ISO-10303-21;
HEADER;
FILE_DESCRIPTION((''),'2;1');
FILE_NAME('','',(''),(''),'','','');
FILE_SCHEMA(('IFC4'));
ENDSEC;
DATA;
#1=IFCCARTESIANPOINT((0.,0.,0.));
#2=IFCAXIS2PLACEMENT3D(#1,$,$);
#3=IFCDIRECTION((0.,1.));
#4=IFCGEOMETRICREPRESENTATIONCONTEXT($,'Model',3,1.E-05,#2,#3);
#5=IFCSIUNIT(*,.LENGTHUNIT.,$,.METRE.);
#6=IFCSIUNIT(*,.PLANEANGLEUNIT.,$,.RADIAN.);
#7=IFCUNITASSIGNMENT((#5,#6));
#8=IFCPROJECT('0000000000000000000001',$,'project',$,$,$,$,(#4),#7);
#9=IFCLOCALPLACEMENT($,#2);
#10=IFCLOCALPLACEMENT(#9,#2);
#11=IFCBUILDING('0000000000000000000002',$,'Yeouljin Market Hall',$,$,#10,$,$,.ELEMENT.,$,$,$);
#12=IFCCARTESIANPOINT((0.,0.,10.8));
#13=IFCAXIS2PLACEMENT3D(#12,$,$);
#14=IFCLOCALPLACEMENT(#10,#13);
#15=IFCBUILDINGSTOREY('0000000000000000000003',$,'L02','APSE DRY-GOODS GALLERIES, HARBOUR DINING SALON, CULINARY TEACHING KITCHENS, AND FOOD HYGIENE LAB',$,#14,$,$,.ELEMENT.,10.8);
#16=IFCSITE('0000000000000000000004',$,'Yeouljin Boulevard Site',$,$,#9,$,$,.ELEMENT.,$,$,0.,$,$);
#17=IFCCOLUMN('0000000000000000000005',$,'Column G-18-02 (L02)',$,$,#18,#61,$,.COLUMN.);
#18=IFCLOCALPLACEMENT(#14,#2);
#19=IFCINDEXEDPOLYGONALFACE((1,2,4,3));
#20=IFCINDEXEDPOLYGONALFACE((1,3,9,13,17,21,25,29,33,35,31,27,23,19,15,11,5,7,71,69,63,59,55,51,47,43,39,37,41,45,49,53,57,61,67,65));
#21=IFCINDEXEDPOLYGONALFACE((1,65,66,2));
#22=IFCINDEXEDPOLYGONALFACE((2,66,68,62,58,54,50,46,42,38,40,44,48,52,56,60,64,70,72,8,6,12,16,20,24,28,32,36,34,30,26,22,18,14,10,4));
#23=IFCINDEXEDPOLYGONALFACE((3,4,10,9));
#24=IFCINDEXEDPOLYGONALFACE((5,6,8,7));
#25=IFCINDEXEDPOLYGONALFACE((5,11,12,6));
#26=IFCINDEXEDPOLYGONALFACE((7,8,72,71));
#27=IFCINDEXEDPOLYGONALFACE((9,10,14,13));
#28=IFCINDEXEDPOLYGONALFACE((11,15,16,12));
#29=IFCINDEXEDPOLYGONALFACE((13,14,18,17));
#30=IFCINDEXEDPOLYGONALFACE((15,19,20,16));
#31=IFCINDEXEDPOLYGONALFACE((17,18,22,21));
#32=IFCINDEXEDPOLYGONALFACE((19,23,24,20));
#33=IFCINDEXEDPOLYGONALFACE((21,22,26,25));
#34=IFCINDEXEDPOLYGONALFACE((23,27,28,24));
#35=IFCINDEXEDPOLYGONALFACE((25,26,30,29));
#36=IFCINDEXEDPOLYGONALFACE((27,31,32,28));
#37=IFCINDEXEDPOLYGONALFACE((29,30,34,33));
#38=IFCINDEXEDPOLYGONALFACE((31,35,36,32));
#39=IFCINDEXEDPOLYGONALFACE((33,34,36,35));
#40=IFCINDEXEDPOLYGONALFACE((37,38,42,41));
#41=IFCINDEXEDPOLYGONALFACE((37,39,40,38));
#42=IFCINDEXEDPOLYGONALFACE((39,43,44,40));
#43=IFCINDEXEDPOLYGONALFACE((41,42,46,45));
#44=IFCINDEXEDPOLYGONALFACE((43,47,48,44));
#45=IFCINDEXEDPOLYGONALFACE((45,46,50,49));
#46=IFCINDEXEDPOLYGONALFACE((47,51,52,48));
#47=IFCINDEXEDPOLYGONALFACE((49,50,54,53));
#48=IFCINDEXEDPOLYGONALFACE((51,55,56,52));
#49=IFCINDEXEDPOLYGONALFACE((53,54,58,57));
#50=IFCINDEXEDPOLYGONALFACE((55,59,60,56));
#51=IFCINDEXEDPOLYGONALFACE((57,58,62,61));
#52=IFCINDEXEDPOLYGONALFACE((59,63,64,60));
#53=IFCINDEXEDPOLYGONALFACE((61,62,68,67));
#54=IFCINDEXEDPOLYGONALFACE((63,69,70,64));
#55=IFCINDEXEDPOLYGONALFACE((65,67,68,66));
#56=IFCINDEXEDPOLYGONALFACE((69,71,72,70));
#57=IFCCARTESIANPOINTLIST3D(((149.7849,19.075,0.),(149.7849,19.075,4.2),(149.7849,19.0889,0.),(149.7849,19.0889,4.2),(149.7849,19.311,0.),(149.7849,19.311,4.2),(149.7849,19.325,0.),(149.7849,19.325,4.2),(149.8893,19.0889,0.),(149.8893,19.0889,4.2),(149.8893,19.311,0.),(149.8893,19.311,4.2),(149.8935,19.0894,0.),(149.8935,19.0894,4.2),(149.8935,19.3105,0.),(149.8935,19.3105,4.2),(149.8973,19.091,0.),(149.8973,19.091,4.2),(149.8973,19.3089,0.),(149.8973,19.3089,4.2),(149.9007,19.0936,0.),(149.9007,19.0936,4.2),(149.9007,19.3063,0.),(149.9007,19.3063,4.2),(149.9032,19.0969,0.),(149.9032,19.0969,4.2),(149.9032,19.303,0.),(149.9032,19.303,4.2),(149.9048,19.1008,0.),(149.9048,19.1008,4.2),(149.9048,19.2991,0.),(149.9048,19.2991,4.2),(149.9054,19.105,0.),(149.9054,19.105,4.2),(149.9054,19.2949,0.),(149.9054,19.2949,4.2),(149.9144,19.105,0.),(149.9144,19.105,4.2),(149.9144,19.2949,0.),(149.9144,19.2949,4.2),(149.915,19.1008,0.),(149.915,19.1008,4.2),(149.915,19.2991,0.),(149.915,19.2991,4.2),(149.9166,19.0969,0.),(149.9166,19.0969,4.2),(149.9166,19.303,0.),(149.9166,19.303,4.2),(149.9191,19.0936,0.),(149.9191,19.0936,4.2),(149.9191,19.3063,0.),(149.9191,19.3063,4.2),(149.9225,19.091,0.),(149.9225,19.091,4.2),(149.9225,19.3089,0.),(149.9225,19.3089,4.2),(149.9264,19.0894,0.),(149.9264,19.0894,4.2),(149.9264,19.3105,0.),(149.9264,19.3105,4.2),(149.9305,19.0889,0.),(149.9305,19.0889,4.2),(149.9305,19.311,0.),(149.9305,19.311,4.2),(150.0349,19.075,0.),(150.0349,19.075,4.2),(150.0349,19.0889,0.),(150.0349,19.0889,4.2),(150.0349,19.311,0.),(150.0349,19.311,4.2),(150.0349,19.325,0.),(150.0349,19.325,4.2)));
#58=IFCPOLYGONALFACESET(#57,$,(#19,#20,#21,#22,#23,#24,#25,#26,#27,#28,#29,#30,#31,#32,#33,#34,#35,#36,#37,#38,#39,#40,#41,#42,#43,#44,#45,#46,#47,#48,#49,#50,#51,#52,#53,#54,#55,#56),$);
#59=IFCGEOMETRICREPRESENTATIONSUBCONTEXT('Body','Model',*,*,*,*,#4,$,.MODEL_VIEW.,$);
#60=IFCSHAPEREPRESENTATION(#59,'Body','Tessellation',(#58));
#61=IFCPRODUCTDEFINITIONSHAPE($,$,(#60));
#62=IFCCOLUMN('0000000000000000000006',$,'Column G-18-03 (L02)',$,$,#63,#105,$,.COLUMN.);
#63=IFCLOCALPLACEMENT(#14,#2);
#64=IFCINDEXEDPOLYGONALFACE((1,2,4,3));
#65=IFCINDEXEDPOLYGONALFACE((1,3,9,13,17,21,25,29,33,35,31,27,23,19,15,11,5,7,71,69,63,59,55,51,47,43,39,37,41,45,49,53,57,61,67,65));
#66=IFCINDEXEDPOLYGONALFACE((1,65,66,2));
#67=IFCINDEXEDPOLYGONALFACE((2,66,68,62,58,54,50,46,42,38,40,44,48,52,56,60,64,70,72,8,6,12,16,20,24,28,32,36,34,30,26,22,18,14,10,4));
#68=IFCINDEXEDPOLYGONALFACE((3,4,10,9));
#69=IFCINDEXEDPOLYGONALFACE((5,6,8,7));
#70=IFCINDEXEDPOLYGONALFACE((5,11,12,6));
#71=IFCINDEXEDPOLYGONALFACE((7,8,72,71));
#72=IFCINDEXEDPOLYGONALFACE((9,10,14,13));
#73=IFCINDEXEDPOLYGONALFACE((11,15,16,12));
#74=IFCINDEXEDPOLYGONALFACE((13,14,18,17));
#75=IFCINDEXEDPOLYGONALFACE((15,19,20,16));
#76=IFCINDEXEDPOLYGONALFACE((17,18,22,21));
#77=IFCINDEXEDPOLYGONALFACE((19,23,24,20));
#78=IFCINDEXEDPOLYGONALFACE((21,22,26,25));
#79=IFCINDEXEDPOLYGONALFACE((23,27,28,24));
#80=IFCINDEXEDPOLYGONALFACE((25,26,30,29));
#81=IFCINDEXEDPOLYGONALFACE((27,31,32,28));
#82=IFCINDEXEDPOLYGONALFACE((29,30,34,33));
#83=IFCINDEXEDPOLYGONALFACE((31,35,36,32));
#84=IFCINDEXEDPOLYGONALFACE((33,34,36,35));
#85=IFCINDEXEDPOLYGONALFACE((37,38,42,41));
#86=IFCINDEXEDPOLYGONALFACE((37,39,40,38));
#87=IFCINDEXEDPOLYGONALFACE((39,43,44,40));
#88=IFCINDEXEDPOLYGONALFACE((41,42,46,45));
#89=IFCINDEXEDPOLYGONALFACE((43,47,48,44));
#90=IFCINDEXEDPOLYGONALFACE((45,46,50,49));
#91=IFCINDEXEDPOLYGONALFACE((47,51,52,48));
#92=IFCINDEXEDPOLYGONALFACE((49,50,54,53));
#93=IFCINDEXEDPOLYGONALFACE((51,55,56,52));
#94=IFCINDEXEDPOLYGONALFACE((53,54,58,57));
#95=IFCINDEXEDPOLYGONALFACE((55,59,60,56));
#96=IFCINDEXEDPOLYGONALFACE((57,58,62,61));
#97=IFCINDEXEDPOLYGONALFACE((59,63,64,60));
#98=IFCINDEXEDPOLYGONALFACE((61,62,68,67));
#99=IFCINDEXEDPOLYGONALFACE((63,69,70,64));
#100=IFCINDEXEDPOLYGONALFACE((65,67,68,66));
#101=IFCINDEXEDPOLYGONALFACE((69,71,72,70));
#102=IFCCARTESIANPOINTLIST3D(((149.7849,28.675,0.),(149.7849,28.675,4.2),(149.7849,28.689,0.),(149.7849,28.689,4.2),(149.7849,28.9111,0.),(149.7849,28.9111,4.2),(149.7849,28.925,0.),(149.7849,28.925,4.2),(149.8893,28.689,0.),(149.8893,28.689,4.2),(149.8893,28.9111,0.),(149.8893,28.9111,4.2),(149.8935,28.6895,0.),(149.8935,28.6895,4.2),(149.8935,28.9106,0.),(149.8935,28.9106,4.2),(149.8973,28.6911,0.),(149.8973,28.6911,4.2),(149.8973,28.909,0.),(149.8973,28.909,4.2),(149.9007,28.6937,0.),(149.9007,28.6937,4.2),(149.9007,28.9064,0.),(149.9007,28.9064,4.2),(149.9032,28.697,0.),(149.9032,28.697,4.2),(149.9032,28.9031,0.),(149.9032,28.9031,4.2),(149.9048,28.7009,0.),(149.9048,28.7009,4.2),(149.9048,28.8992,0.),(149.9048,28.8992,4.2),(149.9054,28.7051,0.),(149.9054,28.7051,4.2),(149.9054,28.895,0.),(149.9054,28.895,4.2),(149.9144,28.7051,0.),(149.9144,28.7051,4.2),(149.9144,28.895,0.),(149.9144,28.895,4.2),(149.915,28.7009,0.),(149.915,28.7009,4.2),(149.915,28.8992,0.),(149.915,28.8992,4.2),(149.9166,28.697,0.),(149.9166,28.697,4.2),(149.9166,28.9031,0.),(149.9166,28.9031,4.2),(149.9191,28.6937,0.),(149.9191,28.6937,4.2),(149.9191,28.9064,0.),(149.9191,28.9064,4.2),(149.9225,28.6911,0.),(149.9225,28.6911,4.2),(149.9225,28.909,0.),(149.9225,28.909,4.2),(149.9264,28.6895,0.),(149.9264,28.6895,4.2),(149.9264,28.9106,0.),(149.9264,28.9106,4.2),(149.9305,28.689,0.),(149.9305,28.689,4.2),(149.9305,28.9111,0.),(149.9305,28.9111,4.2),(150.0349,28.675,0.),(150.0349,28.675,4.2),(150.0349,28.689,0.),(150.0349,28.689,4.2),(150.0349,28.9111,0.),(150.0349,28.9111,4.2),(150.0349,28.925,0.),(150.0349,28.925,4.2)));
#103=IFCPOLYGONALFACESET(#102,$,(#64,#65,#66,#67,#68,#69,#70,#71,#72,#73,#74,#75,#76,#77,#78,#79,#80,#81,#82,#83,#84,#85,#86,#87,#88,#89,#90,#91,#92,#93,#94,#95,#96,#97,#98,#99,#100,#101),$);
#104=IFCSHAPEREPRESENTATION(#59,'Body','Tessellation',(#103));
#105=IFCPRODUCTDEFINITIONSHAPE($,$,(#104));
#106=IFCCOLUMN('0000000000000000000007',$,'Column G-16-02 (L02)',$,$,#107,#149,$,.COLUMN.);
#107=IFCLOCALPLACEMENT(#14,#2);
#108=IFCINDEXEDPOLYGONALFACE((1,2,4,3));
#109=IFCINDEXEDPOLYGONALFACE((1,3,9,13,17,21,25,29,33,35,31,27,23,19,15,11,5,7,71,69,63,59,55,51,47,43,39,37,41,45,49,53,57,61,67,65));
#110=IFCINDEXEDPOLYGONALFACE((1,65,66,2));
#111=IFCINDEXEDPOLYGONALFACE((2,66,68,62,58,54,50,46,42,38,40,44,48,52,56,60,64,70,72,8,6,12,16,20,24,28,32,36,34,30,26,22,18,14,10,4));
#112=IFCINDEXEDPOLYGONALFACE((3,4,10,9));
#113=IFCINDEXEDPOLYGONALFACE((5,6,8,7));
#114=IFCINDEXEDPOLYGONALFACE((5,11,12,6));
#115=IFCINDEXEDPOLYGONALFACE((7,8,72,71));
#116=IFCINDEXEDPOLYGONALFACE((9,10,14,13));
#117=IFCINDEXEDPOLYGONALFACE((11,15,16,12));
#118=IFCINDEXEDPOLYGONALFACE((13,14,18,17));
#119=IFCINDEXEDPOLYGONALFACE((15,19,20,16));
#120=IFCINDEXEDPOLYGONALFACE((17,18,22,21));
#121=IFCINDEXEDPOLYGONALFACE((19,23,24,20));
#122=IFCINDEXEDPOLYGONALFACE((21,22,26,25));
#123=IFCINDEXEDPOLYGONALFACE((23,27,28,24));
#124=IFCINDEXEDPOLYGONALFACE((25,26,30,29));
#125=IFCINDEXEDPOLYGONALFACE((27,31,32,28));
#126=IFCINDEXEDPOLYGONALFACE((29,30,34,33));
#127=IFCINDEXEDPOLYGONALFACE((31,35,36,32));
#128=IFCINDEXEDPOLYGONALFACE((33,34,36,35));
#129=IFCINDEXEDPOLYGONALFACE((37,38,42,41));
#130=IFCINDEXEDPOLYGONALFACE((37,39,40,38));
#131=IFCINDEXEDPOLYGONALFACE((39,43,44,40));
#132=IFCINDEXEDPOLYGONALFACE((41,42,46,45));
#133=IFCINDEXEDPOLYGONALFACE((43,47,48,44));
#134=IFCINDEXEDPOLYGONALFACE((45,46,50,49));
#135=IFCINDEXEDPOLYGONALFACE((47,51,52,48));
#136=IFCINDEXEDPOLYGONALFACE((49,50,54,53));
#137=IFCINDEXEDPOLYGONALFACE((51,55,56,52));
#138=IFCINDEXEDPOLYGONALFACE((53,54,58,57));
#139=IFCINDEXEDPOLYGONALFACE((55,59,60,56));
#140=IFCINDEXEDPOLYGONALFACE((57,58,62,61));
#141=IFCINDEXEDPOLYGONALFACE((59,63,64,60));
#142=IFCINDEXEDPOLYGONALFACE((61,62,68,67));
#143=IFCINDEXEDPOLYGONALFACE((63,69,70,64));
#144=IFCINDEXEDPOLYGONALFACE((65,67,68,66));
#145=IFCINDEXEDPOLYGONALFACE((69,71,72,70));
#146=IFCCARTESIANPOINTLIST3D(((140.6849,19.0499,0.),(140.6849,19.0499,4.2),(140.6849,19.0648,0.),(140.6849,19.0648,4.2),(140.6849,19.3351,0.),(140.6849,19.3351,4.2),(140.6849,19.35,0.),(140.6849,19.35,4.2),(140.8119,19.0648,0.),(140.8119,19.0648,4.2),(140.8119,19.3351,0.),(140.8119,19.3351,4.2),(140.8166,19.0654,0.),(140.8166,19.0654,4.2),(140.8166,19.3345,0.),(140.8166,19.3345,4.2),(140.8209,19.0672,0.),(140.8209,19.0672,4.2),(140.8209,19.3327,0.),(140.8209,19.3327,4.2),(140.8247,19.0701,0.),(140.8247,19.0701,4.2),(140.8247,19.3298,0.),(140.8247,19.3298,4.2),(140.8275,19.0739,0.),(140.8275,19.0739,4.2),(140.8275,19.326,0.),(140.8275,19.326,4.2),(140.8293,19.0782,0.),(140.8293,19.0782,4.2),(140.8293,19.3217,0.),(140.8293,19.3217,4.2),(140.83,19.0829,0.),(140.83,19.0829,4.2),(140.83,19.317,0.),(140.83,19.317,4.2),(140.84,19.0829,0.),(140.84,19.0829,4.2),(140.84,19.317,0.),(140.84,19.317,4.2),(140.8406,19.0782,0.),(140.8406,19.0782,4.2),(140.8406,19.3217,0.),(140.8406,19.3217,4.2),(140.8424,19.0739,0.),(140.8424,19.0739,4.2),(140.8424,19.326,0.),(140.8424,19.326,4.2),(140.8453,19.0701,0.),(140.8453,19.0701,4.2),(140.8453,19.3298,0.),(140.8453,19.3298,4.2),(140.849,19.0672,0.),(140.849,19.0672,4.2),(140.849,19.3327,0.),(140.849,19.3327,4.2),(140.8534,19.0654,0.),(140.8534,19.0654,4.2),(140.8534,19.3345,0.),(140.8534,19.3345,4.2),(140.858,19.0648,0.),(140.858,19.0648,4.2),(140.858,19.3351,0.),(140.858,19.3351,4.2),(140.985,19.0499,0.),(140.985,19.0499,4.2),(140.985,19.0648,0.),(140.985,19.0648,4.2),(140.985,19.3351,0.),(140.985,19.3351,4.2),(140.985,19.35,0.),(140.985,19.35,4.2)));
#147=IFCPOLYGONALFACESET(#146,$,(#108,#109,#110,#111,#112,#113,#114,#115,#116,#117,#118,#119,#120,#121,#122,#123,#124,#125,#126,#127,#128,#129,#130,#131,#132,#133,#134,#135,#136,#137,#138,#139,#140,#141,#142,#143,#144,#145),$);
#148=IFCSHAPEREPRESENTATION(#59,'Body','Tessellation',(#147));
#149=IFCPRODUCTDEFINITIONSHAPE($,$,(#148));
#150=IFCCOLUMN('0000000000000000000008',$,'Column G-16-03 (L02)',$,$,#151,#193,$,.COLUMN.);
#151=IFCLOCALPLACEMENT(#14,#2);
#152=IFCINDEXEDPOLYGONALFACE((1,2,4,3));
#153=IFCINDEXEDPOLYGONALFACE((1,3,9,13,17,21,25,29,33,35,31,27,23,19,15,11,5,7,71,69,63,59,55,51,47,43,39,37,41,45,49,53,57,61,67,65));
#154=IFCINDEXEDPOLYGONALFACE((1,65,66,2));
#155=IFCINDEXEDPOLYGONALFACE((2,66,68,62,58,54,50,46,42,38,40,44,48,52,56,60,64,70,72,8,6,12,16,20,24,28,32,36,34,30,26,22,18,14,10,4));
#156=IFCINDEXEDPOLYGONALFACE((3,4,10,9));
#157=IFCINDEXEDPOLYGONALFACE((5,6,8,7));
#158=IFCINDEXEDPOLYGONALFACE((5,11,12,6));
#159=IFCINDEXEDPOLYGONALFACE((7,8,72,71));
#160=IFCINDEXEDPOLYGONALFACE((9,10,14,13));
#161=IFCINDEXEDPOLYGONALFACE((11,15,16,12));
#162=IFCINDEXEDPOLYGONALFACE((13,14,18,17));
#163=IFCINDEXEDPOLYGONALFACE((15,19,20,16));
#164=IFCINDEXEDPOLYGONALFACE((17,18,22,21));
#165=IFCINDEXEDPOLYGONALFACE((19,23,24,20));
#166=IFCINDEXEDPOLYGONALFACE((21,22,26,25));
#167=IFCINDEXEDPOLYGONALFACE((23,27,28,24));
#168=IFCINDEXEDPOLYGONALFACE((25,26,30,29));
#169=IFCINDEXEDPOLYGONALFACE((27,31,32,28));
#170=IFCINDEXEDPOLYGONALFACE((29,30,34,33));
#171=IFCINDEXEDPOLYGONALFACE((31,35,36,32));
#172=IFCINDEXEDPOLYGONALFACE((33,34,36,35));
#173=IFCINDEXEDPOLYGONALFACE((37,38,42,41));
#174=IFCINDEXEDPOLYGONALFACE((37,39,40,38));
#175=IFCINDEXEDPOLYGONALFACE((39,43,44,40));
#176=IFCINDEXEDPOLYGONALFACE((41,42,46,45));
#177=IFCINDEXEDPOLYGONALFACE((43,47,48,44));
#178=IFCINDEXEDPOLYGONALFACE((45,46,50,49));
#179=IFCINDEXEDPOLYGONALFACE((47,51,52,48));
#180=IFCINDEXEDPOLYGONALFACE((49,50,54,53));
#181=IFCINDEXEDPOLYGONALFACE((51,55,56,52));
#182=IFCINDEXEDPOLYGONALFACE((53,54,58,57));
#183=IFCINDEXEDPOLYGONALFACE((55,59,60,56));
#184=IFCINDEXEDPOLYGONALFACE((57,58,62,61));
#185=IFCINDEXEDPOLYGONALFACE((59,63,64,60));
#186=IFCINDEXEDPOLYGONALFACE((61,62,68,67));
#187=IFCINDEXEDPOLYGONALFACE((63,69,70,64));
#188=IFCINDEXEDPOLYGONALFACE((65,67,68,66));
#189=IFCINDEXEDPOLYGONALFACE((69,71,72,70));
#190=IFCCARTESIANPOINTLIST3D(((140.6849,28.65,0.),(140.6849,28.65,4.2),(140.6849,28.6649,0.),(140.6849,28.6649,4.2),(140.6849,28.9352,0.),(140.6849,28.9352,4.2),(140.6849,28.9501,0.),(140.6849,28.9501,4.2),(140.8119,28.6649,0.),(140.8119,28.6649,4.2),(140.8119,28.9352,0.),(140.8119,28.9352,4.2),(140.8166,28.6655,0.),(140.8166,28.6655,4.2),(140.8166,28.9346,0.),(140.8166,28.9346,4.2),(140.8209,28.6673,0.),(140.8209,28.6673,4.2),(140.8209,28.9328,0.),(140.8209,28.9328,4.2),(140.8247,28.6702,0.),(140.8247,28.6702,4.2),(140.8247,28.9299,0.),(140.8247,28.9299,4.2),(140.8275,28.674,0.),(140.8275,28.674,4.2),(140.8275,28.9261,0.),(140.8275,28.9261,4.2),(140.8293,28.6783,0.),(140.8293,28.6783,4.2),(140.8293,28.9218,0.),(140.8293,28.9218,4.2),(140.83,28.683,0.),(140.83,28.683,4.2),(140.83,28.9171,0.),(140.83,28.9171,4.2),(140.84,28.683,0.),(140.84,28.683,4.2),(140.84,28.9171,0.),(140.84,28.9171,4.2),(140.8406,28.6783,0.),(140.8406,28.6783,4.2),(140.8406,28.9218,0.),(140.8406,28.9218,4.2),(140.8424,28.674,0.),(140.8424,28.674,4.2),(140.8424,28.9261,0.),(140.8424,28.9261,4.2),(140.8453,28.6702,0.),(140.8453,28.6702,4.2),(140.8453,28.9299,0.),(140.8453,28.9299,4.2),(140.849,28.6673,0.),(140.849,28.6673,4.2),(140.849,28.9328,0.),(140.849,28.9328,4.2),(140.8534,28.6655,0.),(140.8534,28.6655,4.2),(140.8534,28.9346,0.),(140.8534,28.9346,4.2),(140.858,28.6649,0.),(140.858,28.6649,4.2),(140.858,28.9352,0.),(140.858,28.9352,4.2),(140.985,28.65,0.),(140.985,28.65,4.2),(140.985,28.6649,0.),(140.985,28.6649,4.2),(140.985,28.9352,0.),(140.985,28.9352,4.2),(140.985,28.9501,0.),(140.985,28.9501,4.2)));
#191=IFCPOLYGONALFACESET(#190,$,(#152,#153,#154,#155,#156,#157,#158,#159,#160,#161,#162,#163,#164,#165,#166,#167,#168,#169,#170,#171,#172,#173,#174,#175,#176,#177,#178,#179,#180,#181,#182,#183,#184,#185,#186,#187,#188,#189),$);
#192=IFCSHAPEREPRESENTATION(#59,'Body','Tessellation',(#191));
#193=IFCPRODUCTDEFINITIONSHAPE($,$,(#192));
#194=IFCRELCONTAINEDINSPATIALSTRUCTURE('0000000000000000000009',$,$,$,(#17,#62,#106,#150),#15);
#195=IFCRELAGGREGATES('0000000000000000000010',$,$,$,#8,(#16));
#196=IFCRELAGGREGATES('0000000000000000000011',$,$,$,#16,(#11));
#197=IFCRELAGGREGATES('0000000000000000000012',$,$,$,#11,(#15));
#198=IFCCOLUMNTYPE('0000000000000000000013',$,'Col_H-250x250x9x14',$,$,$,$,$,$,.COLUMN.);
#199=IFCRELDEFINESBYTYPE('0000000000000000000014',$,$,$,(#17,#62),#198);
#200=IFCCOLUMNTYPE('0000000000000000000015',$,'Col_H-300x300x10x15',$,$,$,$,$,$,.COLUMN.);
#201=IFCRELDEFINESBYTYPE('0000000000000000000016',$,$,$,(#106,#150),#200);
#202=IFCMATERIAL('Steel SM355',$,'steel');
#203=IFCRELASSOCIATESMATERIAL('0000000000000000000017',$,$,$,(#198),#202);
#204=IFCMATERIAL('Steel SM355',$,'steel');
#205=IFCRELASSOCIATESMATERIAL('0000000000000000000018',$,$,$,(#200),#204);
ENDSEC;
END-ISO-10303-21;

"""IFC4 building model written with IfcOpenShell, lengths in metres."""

from ifc_helpers import new_model, si_unit, direction, frame, origin, origin_2d, place, context, subcontext, project, spatial, i_section, extrude, material, material_profile, profile_set, type_object, element, save


model = new_model("IFC4")

# Units and contexts
model_context = context("Model", 3, precision=1e-05, world=origin(), true_north=direction((0.0, 1.0)))
body_context = subcontext(model_context, "Body", "Model", "MODEL_VIEW")
ifc_project = project(units=[si_unit("LENGTHUNIT", "METRE"), si_unit("PLANEANGLEUNIT", "RADIAN")], contexts=[model_context])

# Site, building, storey
site_placement = place(None, origin())
site = spatial("IfcSite", under=ifc_project, at=site_placement, Name="Yeouljin Boulevard Site", CompositionType="ELEMENT", RefElevation=0.0)
building_placement = place(site_placement, origin())
building = spatial("IfcBuilding", under=site, at=building_placement, Name="Yeouljin Market Hall", CompositionType="ELEMENT")
storey_placement = place(building_placement, frame((0.0, 0.0, 10.8)))
storey = spatial("IfcBuildingStorey", under=building, at=storey_placement, Name="L02", Description="APSE DRY-GOODS GALLERIES, HARBOUR DINING SALON, CULINARY TEACHING KITCHENS, AND FOOD HYGIENE LAB", CompositionType="ELEMENT", Elevation=10.8)

# Columns
ifc_material_1 = material(Name="Steel SM355", Category="steel")
ifc_material_profile_1 = material_profile(ifc_material_1, i_section(OverallWidth=0.25, OverallDepth=0.25, WebThickness=0.009, FlangeThickness=0.0139, FilletRadius=0.0161, at=origin_2d()), Name="H-250x250x9x14")
ifc_profile_set_1 = profile_set([ifc_material_profile_1], Name="Steel SM355")
column_type_1 = type_object("IfcColumnType", Name="Col_H-250x250x9x14", PredefinedType="COLUMN", material=ifc_profile_set_1)
for number, where, z_axis, x_axis, name in (
    (1, (149.9099, 19.2, 0.0), (0.0, 0.0, 1.0), (1.0, 0.0, 0.0), "Column G-18-02 (L02)"),
    (2, (149.9099, 28.8, 0.0), (0.0, 0.0, 1.0), (1.0, 0.0, 0.0), "Column G-18-03 (L02)"),
):
    element("IfcColumn", number, at=place(storey_placement, frame(where, z_axis=z_axis, x_axis=x_axis)), inside=storey, type_object=column_type_1, Name=name, PredefinedType="COLUMN", context=body_context, shape_type="SweptSolid", body=[
        extrude(i_section(OverallWidth=0.25, OverallDepth=0.25, WebThickness=0.009, FlangeThickness=0.0139, FilletRadius=0.0161, at=origin_2d()), origin(), (0.0, 0.0, 1.0), 4.2),
    ])
ifc_material_2 = material(Name="Steel SM355", Category="steel")
ifc_material_profile_2 = material_profile(ifc_material_2, i_section(OverallWidth=0.3, OverallDepth=0.3, WebThickness=0.01, FlangeThickness=0.0149, FilletRadius=0.0181, at=origin_2d()), Name="H-300x300x10x15")
ifc_profile_set_2 = profile_set([ifc_material_profile_2], Name="Steel SM355")
column_type_2 = type_object("IfcColumnType", Name="Col_H-300x300x10x15", PredefinedType="COLUMN", material=ifc_profile_set_2)
for number, where, z_axis, x_axis, name in (
    (3, (140.835, 19.2, 0.0), (0.0, 0.0, 1.0), (1.0, 0.0, 0.0), "Column G-16-02 (L02)"),
    (4, (140.835, 28.8, 0.0), (0.0, 0.0, 1.0), (1.0, 0.0, 0.0), "Column G-16-03 (L02)"),
):
    element("IfcColumn", number, at=place(storey_placement, frame(where, z_axis=z_axis, x_axis=x_axis)), inside=storey, type_object=column_type_2, Name=name, PredefinedType="COLUMN", context=body_context, shape_type="SweptSolid", body=[
        extrude(i_section(OverallWidth=0.3, OverallDepth=0.3, WebThickness=0.01, FlangeThickness=0.0149, FilletRadius=0.0181, at=origin_2d()), origin(), (0.0, 0.0, 1.0), 4.2),
    ])

save(model, "model.ifc")
